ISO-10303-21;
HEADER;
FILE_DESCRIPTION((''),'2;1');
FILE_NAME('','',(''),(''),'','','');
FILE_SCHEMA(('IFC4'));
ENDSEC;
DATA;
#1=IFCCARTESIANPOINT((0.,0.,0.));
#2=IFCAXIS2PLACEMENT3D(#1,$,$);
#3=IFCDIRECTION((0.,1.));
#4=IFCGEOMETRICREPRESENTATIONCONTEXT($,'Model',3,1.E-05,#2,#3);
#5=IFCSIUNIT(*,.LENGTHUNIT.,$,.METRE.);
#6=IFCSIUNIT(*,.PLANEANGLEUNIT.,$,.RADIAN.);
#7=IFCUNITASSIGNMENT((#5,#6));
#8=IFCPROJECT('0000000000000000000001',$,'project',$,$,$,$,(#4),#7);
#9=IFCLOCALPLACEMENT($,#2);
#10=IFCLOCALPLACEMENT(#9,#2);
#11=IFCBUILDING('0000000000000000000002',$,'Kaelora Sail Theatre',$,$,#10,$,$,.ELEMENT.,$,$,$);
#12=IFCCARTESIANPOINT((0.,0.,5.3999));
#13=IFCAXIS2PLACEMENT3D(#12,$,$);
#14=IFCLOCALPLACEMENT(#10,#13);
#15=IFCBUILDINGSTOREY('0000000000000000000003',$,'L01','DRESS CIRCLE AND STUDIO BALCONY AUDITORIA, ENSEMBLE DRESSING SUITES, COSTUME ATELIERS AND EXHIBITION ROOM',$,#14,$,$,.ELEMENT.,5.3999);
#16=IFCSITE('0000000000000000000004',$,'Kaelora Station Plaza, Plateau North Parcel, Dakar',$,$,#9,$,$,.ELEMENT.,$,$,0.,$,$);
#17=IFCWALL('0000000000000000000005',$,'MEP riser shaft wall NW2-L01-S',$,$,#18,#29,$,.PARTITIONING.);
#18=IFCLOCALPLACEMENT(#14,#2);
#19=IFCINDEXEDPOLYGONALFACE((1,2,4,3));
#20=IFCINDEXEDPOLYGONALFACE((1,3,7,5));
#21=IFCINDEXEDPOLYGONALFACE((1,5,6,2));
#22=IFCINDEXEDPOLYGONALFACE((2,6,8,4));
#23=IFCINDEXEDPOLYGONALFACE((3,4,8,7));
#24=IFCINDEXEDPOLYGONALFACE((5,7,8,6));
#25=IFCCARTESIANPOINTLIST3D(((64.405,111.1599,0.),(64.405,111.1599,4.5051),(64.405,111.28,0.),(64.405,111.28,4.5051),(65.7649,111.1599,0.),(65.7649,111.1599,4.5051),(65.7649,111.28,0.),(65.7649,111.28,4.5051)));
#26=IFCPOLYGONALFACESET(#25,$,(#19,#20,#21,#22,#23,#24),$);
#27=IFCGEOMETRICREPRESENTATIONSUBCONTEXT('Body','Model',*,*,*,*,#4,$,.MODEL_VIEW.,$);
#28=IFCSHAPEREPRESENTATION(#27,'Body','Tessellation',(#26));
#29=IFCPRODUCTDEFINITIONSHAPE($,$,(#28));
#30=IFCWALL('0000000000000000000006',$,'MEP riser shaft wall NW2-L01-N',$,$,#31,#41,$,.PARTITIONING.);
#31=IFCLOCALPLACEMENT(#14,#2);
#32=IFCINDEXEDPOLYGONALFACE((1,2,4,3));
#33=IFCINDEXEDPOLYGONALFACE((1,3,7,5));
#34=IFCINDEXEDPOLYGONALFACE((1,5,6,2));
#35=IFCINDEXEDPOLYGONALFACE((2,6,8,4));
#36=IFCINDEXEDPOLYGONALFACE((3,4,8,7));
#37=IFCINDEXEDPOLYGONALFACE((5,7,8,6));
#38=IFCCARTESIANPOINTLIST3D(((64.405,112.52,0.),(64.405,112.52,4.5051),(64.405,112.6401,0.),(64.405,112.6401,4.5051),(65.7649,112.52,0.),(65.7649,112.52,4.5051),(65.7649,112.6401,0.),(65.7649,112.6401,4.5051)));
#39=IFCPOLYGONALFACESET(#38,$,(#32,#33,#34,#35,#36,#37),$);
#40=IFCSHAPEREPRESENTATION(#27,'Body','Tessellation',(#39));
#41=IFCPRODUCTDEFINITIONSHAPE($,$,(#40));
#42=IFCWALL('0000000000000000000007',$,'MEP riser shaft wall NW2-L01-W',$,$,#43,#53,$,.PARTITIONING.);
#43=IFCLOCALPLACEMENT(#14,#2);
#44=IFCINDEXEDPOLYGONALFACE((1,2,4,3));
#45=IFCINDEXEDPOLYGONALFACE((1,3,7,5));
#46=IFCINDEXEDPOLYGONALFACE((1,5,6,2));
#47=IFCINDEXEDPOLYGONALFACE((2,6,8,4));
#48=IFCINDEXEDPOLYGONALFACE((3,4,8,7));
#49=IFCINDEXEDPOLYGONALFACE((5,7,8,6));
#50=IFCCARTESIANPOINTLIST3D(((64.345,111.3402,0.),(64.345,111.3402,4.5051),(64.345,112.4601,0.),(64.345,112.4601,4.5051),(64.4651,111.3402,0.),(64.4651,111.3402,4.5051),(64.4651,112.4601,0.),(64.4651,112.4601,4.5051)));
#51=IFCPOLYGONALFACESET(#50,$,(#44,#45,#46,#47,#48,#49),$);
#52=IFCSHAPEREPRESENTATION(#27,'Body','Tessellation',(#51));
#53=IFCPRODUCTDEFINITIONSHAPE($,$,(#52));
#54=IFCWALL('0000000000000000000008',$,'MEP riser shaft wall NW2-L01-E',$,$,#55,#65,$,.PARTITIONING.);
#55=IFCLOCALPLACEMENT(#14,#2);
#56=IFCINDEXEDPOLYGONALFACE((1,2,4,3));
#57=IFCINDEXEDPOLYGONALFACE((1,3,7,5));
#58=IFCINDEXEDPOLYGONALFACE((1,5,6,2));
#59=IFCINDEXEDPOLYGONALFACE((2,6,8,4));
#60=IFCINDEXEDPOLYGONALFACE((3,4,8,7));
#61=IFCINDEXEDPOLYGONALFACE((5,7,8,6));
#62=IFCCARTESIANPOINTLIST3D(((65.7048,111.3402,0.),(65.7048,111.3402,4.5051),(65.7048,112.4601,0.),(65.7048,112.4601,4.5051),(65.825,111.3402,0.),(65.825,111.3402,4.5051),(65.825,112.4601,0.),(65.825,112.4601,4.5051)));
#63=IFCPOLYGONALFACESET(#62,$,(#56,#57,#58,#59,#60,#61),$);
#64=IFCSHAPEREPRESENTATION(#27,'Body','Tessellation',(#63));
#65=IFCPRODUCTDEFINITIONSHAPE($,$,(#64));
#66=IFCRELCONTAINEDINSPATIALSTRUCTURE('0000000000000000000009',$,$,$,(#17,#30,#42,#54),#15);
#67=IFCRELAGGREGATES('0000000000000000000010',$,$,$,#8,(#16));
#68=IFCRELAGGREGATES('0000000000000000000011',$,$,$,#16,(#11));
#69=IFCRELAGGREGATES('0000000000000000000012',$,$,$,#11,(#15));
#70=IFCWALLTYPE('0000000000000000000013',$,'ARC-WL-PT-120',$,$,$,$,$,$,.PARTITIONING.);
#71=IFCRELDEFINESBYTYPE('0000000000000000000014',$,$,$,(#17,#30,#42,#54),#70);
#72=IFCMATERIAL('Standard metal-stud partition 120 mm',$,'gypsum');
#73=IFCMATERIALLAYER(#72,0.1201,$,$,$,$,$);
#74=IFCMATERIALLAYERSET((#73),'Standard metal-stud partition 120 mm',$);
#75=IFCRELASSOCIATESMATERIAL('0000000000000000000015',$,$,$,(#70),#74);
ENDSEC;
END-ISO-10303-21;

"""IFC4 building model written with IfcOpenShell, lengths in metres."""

from ifc_helpers import new_model, si_unit, direction, frame, frame_2d, origin, place, context, subcontext, project, spatial, rectangle, extrude, material, layer, layer_set, type_object, element, save


model = new_model("IFC4")

# Units and contexts
model_context = context("Model", 3, precision=1e-05, world=origin(), true_north=direction((0.0, 1.0)))
body_context = subcontext(model_context, "Body", "Model", "MODEL_VIEW")
ifc_project = project(units=[si_unit("LENGTHUNIT", "METRE"), si_unit("PLANEANGLEUNIT", "RADIAN")], contexts=[model_context])

# Site, building, storey
site_placement = place(None, origin())
site = spatial("IfcSite", under=ifc_project, at=site_placement, Name="Kaelora Station Plaza, Plateau North Parcel, Dakar", CompositionType="ELEMENT", RefElevation=0.0)
building_placement = place(site_placement, origin())
building = spatial("IfcBuilding", under=site, at=building_placement, Name="Kaelora Sail Theatre", CompositionType="ELEMENT")
storey_placement = place(building_placement, frame((0.0, 0.0, 5.3999)))
storey = spatial("IfcBuildingStorey", under=building, at=storey_placement, Name="L01", Description="DRESS CIRCLE AND STUDIO BALCONY AUDITORIA, ENSEMBLE DRESSING SUITES, COSTUME ATELIERS AND EXHIBITION ROOM", CompositionType="ELEMENT", Elevation=5.3999)

# Walls
ifc_material_1 = material(Name="Standard metal-stud partition 120 mm", Category="gypsum")
ifc_layer_1 = layer(ifc_material_1, 0.1201)
ifc_layer_set_1 = layer_set([ifc_layer_1], Name="Standard metal-stud partition 120 mm")
wall_type_1 = type_object("IfcWallType", Name="ARC-WL-PT-120", PredefinedType="PARTITIONING", material=ifc_layer_set_1)
for number, where, z_axis, x_axis, name in (
    (1, (64.405, 111.22, 0.0), (0.0, 0.0, 1.0), (1.0, 0.0, 0.0), "MEP riser shaft wall NW2-L01-S"),
    (2, (64.405, 112.5801, 0.0), (0.0, 0.0, 1.0), (1.0, 0.0, 0.0), "MEP riser shaft wall NW2-L01-N"),
):
    element("IfcWall", number, at=place(storey_placement, frame(where, z_axis=z_axis, x_axis=x_axis)), inside=storey, type_object=wall_type_1, Name=name, PredefinedType="PARTITIONING", context=body_context, shape_type="SweptSolid", body=[
        extrude(rectangle(XDim=1.3599, YDim=0.1201, at=frame_2d((0.6799, 0.0))), origin(), (0.0, 0.0, 1.0), 4.5051),
    ])
for number, where, z_axis, x_axis, name in (
    (3, (64.405, 111.3401, 0.0), (0.0, 0.0, 1.0), (0.0, 1.0, 0.0), "MEP riser shaft wall NW2-L01-W"),
    (4, (65.7649, 111.3401, 0.0), (0.0, 0.0, 1.0), (0.0, 1.0, 0.0), "MEP riser shaft wall NW2-L01-E"),
):
    element("IfcWall", number, at=place(storey_placement, frame(where, z_axis=z_axis, x_axis=x_axis)), inside=storey, type_object=wall_type_1, Name=name, PredefinedType="PARTITIONING", context=body_context, shape_type="SweptSolid", body=[
        extrude(rectangle(XDim=1.1199, YDim=0.1201, at=frame_2d((0.5601, 0.0))), origin(), (0.0, 0.0, 1.0), 4.5051),
    ])

save(model, "model.ifc")
